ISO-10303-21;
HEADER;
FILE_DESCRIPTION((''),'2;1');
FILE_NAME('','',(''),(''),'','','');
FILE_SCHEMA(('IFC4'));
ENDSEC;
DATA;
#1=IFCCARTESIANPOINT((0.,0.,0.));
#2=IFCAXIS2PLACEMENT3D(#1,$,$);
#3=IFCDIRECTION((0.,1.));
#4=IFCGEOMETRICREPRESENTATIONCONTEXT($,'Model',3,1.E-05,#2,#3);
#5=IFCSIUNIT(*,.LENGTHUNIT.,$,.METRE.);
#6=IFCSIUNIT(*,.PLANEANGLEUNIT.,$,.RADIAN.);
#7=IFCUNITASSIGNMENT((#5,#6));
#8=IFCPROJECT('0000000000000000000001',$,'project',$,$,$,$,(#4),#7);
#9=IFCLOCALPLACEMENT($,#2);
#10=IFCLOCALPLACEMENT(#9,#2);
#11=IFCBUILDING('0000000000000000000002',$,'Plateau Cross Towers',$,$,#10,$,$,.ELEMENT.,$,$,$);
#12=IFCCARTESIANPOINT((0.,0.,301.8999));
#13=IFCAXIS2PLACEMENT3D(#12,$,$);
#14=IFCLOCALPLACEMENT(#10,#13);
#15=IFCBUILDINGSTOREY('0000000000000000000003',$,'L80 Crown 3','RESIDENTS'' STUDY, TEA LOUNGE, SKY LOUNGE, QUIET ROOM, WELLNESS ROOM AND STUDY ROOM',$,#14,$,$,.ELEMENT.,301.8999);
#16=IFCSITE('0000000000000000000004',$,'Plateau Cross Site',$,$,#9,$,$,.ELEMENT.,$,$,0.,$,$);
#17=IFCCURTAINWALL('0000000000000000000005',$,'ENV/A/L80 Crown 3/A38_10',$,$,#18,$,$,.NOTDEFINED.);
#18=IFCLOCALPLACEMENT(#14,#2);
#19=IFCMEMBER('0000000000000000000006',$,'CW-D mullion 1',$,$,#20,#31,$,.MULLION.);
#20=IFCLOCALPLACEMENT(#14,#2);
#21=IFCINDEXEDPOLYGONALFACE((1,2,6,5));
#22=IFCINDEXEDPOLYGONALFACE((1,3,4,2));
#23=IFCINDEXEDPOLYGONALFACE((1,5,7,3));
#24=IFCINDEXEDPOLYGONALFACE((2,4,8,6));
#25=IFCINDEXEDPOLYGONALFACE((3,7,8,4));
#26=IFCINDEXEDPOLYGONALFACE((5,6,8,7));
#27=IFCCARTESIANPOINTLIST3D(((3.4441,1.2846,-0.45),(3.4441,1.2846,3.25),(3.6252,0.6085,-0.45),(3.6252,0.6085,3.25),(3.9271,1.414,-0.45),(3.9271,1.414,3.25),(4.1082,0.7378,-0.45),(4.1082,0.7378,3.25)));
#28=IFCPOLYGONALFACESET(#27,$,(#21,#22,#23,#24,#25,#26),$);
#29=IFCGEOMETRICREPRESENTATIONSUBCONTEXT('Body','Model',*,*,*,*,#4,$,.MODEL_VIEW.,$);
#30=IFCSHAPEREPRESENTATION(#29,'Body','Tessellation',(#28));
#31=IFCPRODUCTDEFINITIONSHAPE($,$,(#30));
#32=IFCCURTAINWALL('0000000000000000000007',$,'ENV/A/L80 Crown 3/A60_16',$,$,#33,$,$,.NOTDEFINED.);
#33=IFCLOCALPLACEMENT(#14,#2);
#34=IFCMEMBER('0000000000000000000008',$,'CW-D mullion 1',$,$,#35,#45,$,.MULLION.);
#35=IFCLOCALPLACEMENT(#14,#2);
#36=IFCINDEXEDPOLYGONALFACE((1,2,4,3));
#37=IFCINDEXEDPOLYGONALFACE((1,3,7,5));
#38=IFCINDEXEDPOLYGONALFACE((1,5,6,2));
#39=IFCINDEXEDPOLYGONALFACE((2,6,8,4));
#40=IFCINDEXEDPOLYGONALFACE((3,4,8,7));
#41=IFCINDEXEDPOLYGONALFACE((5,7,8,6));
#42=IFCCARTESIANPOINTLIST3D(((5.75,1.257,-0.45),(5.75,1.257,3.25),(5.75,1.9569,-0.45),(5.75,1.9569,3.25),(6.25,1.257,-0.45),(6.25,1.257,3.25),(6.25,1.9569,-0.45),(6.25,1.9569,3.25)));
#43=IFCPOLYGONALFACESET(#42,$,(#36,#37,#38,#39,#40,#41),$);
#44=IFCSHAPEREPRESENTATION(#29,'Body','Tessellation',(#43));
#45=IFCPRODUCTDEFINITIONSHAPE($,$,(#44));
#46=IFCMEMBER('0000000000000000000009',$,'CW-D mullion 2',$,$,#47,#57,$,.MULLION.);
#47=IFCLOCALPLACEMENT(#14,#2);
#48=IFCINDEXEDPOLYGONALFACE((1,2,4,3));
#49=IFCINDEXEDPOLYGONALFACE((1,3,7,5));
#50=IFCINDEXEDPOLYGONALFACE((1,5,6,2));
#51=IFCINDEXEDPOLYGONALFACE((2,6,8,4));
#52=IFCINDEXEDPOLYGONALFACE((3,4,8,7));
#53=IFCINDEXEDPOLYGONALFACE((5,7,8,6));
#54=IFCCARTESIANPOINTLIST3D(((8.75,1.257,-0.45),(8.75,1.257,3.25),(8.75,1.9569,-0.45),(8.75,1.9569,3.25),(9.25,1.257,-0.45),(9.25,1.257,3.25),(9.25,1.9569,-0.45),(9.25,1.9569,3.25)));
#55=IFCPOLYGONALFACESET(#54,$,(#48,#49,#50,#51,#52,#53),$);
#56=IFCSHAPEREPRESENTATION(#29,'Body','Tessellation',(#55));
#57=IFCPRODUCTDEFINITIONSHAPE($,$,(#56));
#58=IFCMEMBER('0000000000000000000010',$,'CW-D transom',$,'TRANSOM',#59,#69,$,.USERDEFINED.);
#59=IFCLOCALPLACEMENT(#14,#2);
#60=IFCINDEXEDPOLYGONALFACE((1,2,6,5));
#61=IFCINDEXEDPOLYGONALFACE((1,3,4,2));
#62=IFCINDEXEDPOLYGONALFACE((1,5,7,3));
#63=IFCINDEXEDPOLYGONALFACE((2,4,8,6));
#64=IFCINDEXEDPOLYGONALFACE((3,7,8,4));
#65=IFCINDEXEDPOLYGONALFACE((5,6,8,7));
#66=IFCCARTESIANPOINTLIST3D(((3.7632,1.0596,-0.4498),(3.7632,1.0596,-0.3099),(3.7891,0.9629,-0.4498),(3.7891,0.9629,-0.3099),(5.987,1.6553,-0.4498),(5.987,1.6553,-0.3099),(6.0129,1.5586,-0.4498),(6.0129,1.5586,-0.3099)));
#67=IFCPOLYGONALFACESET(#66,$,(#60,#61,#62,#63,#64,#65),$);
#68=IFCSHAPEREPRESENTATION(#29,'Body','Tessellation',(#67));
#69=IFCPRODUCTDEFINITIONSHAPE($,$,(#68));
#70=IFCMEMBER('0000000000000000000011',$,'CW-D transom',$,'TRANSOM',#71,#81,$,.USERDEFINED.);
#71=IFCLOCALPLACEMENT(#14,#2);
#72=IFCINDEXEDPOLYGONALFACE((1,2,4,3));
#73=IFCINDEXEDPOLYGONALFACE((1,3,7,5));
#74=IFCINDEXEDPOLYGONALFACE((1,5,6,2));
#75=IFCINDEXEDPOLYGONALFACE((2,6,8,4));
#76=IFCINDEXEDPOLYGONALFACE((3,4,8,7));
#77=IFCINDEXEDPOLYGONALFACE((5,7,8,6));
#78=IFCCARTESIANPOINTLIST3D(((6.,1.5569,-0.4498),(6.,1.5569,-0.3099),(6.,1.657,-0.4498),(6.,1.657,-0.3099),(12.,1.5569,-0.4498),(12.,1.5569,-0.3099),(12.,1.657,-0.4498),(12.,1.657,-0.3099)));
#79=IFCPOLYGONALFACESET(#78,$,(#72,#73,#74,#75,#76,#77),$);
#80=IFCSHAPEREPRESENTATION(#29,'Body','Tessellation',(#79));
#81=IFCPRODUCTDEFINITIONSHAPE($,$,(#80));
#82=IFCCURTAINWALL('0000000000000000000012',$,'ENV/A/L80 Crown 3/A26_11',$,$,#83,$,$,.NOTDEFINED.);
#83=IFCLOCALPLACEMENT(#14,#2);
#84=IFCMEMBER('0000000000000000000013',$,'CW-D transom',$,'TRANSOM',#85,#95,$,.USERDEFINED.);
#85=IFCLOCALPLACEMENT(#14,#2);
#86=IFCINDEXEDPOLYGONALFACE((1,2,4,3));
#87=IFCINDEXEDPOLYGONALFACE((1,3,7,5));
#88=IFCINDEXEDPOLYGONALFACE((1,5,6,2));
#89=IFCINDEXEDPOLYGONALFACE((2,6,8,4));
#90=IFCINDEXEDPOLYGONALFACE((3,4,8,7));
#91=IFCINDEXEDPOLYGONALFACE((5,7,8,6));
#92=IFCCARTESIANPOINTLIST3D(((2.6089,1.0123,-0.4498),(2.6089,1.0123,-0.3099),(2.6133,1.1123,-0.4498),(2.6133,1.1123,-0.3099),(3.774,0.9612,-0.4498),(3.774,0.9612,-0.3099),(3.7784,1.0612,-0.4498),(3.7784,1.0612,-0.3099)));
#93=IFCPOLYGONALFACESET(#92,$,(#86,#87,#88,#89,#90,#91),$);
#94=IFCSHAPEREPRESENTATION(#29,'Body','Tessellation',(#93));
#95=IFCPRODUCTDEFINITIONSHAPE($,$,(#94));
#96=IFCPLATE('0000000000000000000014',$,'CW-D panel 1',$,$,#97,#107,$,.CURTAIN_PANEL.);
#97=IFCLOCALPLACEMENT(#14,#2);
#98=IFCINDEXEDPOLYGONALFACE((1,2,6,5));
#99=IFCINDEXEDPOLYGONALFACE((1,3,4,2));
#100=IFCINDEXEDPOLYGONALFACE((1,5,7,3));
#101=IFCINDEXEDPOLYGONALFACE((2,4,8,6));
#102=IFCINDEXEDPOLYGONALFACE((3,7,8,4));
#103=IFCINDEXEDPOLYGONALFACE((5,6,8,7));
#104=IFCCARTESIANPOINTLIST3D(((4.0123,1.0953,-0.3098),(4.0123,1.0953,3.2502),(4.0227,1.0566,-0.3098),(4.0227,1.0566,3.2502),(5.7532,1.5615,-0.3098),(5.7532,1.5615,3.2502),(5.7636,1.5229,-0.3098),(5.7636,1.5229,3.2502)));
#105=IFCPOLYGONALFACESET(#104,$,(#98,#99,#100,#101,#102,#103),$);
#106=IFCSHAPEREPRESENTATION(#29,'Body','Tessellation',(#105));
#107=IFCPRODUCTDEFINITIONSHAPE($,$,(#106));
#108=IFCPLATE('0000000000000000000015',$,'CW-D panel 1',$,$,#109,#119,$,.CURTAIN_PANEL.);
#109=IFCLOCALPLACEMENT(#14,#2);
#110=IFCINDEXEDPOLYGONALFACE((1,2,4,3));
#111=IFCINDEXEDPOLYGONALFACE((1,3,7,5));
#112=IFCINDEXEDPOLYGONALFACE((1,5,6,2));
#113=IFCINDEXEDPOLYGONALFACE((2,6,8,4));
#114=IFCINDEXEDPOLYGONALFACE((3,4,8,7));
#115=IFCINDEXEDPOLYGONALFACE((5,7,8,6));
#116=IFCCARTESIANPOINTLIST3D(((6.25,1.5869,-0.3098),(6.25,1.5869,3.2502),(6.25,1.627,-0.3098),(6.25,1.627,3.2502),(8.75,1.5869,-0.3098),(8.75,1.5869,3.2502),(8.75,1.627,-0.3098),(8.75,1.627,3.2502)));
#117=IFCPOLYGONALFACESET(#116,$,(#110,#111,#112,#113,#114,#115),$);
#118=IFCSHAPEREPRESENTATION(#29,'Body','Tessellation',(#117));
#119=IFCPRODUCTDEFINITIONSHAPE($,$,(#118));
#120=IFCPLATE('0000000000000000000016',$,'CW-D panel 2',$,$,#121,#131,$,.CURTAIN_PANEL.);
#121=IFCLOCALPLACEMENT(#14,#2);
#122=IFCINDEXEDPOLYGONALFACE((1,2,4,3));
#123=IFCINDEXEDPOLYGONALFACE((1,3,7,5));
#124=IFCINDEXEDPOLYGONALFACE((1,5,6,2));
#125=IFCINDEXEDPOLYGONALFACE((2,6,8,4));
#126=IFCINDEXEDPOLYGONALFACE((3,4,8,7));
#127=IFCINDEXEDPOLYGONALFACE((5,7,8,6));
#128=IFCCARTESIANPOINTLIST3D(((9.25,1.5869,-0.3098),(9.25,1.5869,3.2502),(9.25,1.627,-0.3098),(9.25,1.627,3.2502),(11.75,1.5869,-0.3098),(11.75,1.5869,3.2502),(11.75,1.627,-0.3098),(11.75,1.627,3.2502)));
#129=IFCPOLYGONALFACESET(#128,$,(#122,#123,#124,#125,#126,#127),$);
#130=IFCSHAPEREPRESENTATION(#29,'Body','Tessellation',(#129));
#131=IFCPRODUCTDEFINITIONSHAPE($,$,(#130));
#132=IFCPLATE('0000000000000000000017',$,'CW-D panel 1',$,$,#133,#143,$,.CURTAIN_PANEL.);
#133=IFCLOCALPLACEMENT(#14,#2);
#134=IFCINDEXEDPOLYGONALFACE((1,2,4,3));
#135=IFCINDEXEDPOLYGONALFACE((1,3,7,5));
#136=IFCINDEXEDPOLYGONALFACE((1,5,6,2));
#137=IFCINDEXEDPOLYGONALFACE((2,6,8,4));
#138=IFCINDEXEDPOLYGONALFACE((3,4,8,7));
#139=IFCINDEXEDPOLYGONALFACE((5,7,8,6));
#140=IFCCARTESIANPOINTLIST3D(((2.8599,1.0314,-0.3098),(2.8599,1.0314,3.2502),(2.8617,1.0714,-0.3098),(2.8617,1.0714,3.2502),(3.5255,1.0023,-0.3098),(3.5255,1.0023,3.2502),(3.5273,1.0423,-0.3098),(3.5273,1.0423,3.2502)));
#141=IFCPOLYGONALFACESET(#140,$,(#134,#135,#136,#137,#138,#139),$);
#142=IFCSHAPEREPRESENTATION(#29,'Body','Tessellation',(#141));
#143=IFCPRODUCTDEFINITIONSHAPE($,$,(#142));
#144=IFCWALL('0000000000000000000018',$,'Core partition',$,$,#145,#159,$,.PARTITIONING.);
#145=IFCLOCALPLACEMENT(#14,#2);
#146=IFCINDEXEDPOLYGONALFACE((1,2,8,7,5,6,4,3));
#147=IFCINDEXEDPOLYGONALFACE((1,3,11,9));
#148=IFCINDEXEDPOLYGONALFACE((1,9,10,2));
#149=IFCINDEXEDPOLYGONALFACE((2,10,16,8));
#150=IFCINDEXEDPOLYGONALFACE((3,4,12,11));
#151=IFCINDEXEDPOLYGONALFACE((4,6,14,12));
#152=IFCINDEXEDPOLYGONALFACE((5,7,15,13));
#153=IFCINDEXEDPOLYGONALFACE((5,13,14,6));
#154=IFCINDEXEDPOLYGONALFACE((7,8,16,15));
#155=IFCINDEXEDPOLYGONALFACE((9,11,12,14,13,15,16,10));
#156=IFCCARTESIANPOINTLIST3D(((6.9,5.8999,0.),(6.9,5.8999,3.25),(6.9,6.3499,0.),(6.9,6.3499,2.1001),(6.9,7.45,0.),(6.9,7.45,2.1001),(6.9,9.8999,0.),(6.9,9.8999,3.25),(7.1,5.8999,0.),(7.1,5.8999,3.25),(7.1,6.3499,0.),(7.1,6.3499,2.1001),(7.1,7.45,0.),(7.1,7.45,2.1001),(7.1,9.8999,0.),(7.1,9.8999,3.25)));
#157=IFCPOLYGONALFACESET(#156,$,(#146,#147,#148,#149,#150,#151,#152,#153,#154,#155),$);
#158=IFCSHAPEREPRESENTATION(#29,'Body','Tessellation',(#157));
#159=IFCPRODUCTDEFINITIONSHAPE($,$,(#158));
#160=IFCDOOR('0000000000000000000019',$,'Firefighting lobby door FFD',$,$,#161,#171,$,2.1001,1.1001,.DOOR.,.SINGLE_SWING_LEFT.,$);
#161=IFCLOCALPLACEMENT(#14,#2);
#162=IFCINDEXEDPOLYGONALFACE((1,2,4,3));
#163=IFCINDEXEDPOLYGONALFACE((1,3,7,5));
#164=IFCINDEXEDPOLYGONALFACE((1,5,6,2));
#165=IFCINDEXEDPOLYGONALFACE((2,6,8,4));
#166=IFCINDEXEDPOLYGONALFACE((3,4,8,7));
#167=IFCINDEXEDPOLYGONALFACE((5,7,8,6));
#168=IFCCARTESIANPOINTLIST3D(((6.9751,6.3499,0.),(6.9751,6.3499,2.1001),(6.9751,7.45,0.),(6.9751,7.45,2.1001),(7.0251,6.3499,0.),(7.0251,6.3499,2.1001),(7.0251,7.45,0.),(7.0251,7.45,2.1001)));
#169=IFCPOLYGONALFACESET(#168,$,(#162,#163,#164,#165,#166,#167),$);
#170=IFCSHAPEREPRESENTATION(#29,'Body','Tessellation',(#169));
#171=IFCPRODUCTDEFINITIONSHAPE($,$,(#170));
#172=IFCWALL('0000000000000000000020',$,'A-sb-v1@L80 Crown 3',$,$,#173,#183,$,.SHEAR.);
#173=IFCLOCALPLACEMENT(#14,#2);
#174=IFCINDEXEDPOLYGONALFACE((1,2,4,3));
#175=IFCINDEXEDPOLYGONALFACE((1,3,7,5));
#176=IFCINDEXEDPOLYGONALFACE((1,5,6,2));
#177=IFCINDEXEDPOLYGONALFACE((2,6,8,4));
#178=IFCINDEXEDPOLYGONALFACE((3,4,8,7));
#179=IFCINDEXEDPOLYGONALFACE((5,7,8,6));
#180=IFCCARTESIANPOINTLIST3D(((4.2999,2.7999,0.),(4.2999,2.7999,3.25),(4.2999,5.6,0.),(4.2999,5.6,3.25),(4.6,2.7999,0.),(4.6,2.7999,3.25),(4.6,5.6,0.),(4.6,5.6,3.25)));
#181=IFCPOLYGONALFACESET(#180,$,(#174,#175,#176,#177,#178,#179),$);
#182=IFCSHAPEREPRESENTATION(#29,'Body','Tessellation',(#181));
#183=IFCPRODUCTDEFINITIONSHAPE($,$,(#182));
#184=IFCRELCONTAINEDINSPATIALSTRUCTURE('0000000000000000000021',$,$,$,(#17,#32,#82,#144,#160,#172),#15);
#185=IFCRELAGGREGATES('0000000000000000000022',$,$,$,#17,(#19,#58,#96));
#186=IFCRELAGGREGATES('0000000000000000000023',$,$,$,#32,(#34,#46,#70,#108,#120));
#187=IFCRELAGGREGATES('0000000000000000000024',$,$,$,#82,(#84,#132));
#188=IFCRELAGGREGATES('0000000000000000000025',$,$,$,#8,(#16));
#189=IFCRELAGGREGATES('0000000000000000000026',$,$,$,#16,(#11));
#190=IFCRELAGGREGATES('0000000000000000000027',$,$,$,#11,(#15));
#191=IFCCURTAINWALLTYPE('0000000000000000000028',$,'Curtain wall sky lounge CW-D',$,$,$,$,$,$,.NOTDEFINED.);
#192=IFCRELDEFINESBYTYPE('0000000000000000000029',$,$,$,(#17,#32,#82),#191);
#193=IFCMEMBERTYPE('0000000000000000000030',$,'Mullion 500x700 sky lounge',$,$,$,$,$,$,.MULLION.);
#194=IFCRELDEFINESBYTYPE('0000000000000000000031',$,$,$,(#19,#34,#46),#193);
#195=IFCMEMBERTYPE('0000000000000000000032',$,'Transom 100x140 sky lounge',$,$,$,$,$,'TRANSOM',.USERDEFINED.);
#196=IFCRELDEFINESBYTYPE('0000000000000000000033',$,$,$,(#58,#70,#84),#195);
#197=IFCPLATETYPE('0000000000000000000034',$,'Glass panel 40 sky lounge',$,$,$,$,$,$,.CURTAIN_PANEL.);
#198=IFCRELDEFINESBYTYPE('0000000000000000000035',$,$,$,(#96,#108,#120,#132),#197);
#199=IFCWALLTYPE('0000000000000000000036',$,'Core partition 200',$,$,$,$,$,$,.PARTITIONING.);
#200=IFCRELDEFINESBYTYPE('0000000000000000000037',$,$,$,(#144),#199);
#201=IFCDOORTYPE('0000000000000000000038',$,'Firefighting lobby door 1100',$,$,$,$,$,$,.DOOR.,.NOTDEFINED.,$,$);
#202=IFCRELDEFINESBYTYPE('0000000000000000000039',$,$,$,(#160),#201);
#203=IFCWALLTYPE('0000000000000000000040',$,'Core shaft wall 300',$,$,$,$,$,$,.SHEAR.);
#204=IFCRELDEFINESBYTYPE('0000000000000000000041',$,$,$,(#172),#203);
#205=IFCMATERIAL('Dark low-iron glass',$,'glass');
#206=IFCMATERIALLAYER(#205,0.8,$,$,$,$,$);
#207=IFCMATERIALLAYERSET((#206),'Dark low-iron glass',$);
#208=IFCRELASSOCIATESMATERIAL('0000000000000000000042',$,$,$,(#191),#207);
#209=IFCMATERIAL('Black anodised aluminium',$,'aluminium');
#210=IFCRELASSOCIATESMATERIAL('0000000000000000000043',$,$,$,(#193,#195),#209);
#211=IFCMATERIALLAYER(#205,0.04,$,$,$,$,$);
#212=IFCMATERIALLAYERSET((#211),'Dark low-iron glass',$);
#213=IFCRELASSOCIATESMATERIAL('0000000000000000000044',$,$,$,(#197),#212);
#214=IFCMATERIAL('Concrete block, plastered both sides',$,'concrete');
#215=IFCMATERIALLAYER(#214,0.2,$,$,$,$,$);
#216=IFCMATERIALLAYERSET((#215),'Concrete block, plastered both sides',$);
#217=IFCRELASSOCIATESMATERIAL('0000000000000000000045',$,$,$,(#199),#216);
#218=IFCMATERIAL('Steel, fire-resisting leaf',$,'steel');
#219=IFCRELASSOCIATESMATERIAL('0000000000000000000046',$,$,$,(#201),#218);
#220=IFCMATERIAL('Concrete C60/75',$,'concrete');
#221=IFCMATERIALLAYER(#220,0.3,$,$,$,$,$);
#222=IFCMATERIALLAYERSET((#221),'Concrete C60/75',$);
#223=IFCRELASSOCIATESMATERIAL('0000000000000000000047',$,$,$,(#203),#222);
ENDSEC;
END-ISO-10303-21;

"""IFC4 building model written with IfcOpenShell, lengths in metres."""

from ifc_helpers import new_model, si_unit, direction, frame, frame_2d, origin, origin_2d, place, context, subcontext, project, spatial, rectangle, extrude, material, layer, layer_set, material_profile, profile_set, type_object, element, fill, aggregate, save


model = new_model("IFC4")

# Units and contexts
model_context = context("Model", 3, precision=1e-05, world=origin(), true_north=direction((0.0, 1.0)))
body_context = subcontext(model_context, "Body", "Model", "MODEL_VIEW")
ifc_project = project(units=[si_unit("LENGTHUNIT", "METRE"), si_unit("PLANEANGLEUNIT", "RADIAN")], contexts=[model_context])

# Site, building, storey
site_placement = place(None, origin())
site = spatial("IfcSite", under=ifc_project, at=site_placement, Name="Plateau Cross Site", CompositionType="ELEMENT", RefElevation=0.0)
building_placement = place(site_placement, origin())
building = spatial("IfcBuilding", under=site, at=building_placement, Name="Plateau Cross Towers", CompositionType="ELEMENT")
storey_placement = place(building_placement, frame((0.0, 0.0, 301.8999)))
storey = spatial("IfcBuildingStorey", under=building, at=storey_placement, Name="L80 Crown 3", Description="RESIDENTS' STUDY, TEA LOUNGE, SKY LOUNGE, QUIET ROOM, WELLNESS ROOM AND STUDY ROOM", CompositionType="ELEMENT", Elevation=301.8999)

# Curtain wall, member
ifc_material_1 = material(Name="Dark low-iron glass", Category="glass")
ifc_layer_1 = layer(ifc_material_1, 0.8)
ifc_layer_set_1 = layer_set([ifc_layer_1], Name="Dark low-iron glass")
curtain_wall_type = type_object("IfcCurtainWallType", Name="Curtain wall sky lounge CW-D", PredefinedType="NOTDEFINED", material=ifc_layer_set_1)
curtain_wall_1_placement = place(storey_placement, origin())
curtain_wall_1 = element("IfcCurtainWall", 1, at=curtain_wall_1_placement, inside=storey, type_object=curtain_wall_type, Name="ENV/A/L80 Crown 3/A38_10", PredefinedType="NOTDEFINED")
ifc_material_2 = material(Name="Black anodised aluminium", Category="aluminium")
ifc_material_profile_1 = material_profile(ifc_material_2, rectangle(XDim=0.5, YDim=0.7, at=origin_2d()), Name="MULLION 500x700")
ifc_profile_set_1 = profile_set([ifc_material_profile_1], Name="Black anodised aluminium")
member_type_1 = type_object("IfcMemberType", Name="Mullion 500x700 sky lounge", PredefinedType="MULLION", material=ifc_profile_set_1)
member_1_placement = place(storey_placement, frame((3.7761, 1.0112, -0.45), z_axis=(0.0, 0.0, 1.0), x_axis=(0.965958, 0.258699, 0.0)))
member_1 = element("IfcMember", 2, at=member_1_placement, type_object=member_type_1, Name="CW-D mullion 1", PredefinedType="MULLION", context=body_context, shape_type="SweptSolid", body=[
    extrude(rectangle(XDim=0.5, YDim=0.7, at=origin_2d()), origin(), (0.0, 0.0, 1.0), 3.7),
])

# Curtain wall, members
curtain_wall_2_placement = place(storey_placement, origin())
curtain_wall_2 = element("IfcCurtainWall", 3, at=curtain_wall_2_placement, inside=storey, type_object=curtain_wall_type, Name="ENV/A/L80 Crown 3/A60_16", PredefinedType="NOTDEFINED")
member_2_placement = place(storey_placement, frame((6.0, 1.6069, -0.45), z_axis=(0.0, 0.0, 1.0), x_axis=(1.0, 0.0, 0.0)))
member_2 = element("IfcMember", 4, at=member_2_placement, type_object=member_type_1, Name="CW-D mullion 1", PredefinedType="MULLION", context=body_context, shape_type="SweptSolid", body=[
    extrude(rectangle(XDim=0.5, YDim=0.7, at=origin_2d()), origin(), (0.0, 0.0, 1.0), 3.7),
])
member_3_placement = place(storey_placement, frame((9.0, 1.6069, -0.45), z_axis=(0.0, 0.0, 1.0), x_axis=(1.0, 0.0, 0.0)))
member_3 = element("IfcMember", 5, at=member_3_placement, type_object=member_type_1, Name="CW-D mullion 2", PredefinedType="MULLION", context=body_context, shape_type="SweptSolid", body=[
    extrude(rectangle(XDim=0.5, YDim=0.7, at=origin_2d()), origin(), (0.0, 0.0, 1.0), 3.7),
])

# Members
ifc_material_profile_2 = material_profile(ifc_material_2, rectangle(XDim=0.1001, YDim=0.1399, at=origin_2d()), Name="TRANSOM 100x140")
ifc_profile_set_2 = profile_set([ifc_material_profile_2], Name="Black anodised aluminium")
member_type_2 = type_object("IfcMemberType", Name="Transom 100x140 sky lounge", ElementType="TRANSOM", PredefinedType="USERDEFINED", material=ifc_profile_set_2)
member_4_placement = place(storey_placement, frame((3.7761, 1.0112, -0.3799), z_axis=(0.965946, 0.258745, 0.0), x_axis=(-0.258745, 0.965946, 0.0)))
member_4 = element("IfcMember", 6, at=member_4_placement, type_object=member_type_2, Name="CW-D transom", ObjectType="TRANSOM", PredefinedType="USERDEFINED", context=body_context, shape_type="SweptSolid", body=[
    extrude(rectangle(XDim=0.1001, YDim=0.1399, at=origin_2d()), origin(), (0.0, 0.0, 1.0), 2.3022),
])
member_5_placement = place(storey_placement, frame((6.0, 1.6069, -0.3799), z_axis=(1.0, 0.0, 0.0), x_axis=(0.0, 1.0, 0.0)))
member_5 = element("IfcMember", 7, at=member_5_placement, type_object=member_type_2, Name="CW-D transom", ObjectType="TRANSOM", PredefinedType="USERDEFINED", context=body_context, shape_type="SweptSolid", body=[
    extrude(rectangle(XDim=0.1001, YDim=0.1399, at=origin_2d()), origin(), (0.0, 0.0, 1.0), 6.0),
])

# Curtain wall, member
curtain_wall_3_placement = place(storey_placement, origin())
curtain_wall_3 = element("IfcCurtainWall", 8, at=curtain_wall_3_placement, inside=storey, type_object=curtain_wall_type, Name="ENV/A/L80 Crown 3/A26_11", PredefinedType="NOTDEFINED")
member_6_placement = place(storey_placement, frame((2.6111, 1.0623, -0.3799), z_axis=(0.999042, -0.043755, 0.0), x_axis=(0.043755, 0.999042, 0.0)))
member_6 = element("IfcMember", 9, at=member_6_placement, type_object=member_type_2, Name="CW-D transom", ObjectType="TRANSOM", PredefinedType="USERDEFINED", context=body_context, shape_type="SweptSolid", body=[
    extrude(rectangle(XDim=0.1001, YDim=0.1399, at=origin_2d()), origin(), (0.0, 0.0, 1.0), 1.1663),
])

# Plates
ifc_layer_2 = layer(ifc_material_1, 0.04)
ifc_layer_set_2 = layer_set([ifc_layer_2], Name="Dark low-iron glass")
plate_type = type_object("IfcPlateType", Name="Glass panel 40 sky lounge", PredefinedType="CURTAIN_PANEL", material=ifc_layer_set_2)
plate_1_placement = place(storey_placement, frame((4.8879, 1.3091, -0.3098), z_axis=(0.0, 0.0, 1.0), x_axis=(0.965958, 0.258699, 0.0)))
plate_1 = element("IfcPlate", 10, at=plate_1_placement, type_object=plate_type, Name="CW-D panel 1", PredefinedType="CURTAIN_PANEL", context=body_context, shape_type="SweptSolid", body=[
    extrude(rectangle(XDim=1.8022, YDim=0.04, at=origin_2d()), origin(), (0.0, 0.0, 1.0), 3.5601),
])
aggregate(curtain_wall_1, [member_1, member_4, plate_1])
plate_2_placement = place(storey_placement, frame((7.5, 1.6069, -0.3098), z_axis=(0.0, 0.0, 1.0), x_axis=(1.0, 0.0, 0.0)))
plate_2 = element("IfcPlate", 11, at=plate_2_placement, type_object=plate_type, Name="CW-D panel 1", PredefinedType="CURTAIN_PANEL", context=body_context, shape_type="SweptSolid", body=[
    extrude(rectangle(XDim=2.5, YDim=0.04, at=origin_2d()), origin(), (0.0, 0.0, 1.0), 3.5601),
])
plate_3_placement = place(storey_placement, frame((10.5, 1.6069, -0.3098), z_axis=(0.0, 0.0, 1.0), x_axis=(1.0, 0.0, 0.0)))
plate_3 = element("IfcPlate", 12, at=plate_3_placement, type_object=plate_type, Name="CW-D panel 2", PredefinedType="CURTAIN_PANEL", context=body_context, shape_type="SweptSolid", body=[
    extrude(rectangle(XDim=2.5, YDim=0.04, at=origin_2d()), origin(), (0.0, 0.0, 1.0), 3.5601),
])
aggregate(curtain_wall_2, [member_2, member_3, member_5, plate_2, plate_3])
plate_4_placement = place(storey_placement, frame((3.1936, 1.0369, -0.3098), z_axis=(0.0, 0.0, 1.0), x_axis=(0.999044, -0.043723, 0.0)))
plate_4 = element("IfcPlate", 13, at=plate_4_placement, type_object=plate_type, Name="CW-D panel 1", PredefinedType="CURTAIN_PANEL", context=body_context, shape_type="SweptSolid", body=[
    extrude(rectangle(XDim=0.6663, YDim=0.04, at=origin_2d()), origin(), (0.0, 0.0, 1.0), 3.5601),
])
aggregate(curtain_wall_3, [member_6, plate_4])

# Wall, opening, door
ifc_material_3 = material(Name="Concrete block, plastered both sides", Category="concrete")
ifc_layer_3 = layer(ifc_material_3, 0.2)
ifc_layer_set_3 = layer_set([ifc_layer_3], Name="Concrete block, plastered both sides")
wall_type_1 = type_object("IfcWallType", Name="Core partition 200", PredefinedType="PARTITIONING", material=ifc_layer_set_3)
wall_1_placement = place(storey_placement, frame((7.0, 5.8999, 0.0), z_axis=(0.0, 0.0, 1.0), x_axis=(0.0, 1.0, 0.0)))
wall_1 = element("IfcWall", 14, at=wall_1_placement, inside=storey, type_object=wall_type_1, Name="Core partition", PredefinedType="PARTITIONING", context=body_context, shape_type="SweptSolid", body=[
    extrude(rectangle(XDim=4.0, YDim=0.2, at=frame_2d((2.0, 0.0))), origin(), (0.0, 0.0, 1.0), 3.25),
])
opening_placement = place(wall_1_placement, frame((0.45, 0.0, 0.0)))
opening = element("IfcOpeningElement", 15, at=opening_placement, cuts=wall_1, PredefinedType="OPENING", context=body_context, shape_type="SweptSolid", body=[
    extrude(rectangle(XDim=1.1001, YDim=2.1001, at=frame_2d((0.55, 1.05))), frame((0.0, 0.1099, 0.0), z_axis=(0.0, -1.0, 0.0), x_axis=(1.0, 0.0, 0.0)), (0.0, 0.0, 1.0), 0.22),
])
ifc_material_4 = material(Name="Steel, fire-resisting leaf", Category="steel")
door_type = type_object("IfcDoorType", Name="Firefighting lobby door 1100", OperationType="NOTDEFINED", PredefinedType="DOOR", material=ifc_material_4)
door_placement = place(opening_placement, origin())
door = element("IfcDoor", 16, at=door_placement, inside=storey, type_object=door_type, Name="Firefighting lobby door FFD", OperationType="SINGLE_SWING_LEFT", OverallHeight=2.1001, OverallWidth=1.1001, PredefinedType="DOOR", context=body_context, shape_type="SweptSolid", body=[
    extrude(rectangle(XDim=1.1001, YDim=2.1001, at=frame_2d((0.55, 1.05))), frame((0.0, 0.0249, 0.0), z_axis=(0.0, -1.0, 0.0), x_axis=(1.0, 0.0, 0.0)), (0.0, 0.0, 1.0), 0.05),
])
fill(opening, door)

# Wall
ifc_material_5 = material(Name="Concrete C60/75", Category="concrete")
ifc_layer_4 = layer(ifc_material_5, 0.3)
ifc_layer_set_4 = layer_set([ifc_layer_4], Name="Concrete C60/75")
wall_type_2 = type_object("IfcWallType", Name="Core shaft wall 300", PredefinedType="SHEAR", material=ifc_layer_set_4)
for number, where, z_axis, x_axis, name in (
    (17, (4.45, 2.8, 0.0), (0.0, 0.0, 1.0), (0.0, 1.0, 0.0), "A-sb-v1@L80 Crown 3"),
):
    element("IfcWall", number, at=place(storey_placement, frame(where, z_axis=z_axis, x_axis=x_axis)), inside=storey, type_object=wall_type_2, Name=name, PredefinedType="SHEAR", context=body_context, shape_type="SweptSolid", body=[
        extrude(rectangle(XDim=2.8, YDim=0.3, at=frame_2d((1.3999, 0.0))), origin(), (0.0, 0.0, 1.0), 3.25),
    ])

save(model, "model.ifc")
